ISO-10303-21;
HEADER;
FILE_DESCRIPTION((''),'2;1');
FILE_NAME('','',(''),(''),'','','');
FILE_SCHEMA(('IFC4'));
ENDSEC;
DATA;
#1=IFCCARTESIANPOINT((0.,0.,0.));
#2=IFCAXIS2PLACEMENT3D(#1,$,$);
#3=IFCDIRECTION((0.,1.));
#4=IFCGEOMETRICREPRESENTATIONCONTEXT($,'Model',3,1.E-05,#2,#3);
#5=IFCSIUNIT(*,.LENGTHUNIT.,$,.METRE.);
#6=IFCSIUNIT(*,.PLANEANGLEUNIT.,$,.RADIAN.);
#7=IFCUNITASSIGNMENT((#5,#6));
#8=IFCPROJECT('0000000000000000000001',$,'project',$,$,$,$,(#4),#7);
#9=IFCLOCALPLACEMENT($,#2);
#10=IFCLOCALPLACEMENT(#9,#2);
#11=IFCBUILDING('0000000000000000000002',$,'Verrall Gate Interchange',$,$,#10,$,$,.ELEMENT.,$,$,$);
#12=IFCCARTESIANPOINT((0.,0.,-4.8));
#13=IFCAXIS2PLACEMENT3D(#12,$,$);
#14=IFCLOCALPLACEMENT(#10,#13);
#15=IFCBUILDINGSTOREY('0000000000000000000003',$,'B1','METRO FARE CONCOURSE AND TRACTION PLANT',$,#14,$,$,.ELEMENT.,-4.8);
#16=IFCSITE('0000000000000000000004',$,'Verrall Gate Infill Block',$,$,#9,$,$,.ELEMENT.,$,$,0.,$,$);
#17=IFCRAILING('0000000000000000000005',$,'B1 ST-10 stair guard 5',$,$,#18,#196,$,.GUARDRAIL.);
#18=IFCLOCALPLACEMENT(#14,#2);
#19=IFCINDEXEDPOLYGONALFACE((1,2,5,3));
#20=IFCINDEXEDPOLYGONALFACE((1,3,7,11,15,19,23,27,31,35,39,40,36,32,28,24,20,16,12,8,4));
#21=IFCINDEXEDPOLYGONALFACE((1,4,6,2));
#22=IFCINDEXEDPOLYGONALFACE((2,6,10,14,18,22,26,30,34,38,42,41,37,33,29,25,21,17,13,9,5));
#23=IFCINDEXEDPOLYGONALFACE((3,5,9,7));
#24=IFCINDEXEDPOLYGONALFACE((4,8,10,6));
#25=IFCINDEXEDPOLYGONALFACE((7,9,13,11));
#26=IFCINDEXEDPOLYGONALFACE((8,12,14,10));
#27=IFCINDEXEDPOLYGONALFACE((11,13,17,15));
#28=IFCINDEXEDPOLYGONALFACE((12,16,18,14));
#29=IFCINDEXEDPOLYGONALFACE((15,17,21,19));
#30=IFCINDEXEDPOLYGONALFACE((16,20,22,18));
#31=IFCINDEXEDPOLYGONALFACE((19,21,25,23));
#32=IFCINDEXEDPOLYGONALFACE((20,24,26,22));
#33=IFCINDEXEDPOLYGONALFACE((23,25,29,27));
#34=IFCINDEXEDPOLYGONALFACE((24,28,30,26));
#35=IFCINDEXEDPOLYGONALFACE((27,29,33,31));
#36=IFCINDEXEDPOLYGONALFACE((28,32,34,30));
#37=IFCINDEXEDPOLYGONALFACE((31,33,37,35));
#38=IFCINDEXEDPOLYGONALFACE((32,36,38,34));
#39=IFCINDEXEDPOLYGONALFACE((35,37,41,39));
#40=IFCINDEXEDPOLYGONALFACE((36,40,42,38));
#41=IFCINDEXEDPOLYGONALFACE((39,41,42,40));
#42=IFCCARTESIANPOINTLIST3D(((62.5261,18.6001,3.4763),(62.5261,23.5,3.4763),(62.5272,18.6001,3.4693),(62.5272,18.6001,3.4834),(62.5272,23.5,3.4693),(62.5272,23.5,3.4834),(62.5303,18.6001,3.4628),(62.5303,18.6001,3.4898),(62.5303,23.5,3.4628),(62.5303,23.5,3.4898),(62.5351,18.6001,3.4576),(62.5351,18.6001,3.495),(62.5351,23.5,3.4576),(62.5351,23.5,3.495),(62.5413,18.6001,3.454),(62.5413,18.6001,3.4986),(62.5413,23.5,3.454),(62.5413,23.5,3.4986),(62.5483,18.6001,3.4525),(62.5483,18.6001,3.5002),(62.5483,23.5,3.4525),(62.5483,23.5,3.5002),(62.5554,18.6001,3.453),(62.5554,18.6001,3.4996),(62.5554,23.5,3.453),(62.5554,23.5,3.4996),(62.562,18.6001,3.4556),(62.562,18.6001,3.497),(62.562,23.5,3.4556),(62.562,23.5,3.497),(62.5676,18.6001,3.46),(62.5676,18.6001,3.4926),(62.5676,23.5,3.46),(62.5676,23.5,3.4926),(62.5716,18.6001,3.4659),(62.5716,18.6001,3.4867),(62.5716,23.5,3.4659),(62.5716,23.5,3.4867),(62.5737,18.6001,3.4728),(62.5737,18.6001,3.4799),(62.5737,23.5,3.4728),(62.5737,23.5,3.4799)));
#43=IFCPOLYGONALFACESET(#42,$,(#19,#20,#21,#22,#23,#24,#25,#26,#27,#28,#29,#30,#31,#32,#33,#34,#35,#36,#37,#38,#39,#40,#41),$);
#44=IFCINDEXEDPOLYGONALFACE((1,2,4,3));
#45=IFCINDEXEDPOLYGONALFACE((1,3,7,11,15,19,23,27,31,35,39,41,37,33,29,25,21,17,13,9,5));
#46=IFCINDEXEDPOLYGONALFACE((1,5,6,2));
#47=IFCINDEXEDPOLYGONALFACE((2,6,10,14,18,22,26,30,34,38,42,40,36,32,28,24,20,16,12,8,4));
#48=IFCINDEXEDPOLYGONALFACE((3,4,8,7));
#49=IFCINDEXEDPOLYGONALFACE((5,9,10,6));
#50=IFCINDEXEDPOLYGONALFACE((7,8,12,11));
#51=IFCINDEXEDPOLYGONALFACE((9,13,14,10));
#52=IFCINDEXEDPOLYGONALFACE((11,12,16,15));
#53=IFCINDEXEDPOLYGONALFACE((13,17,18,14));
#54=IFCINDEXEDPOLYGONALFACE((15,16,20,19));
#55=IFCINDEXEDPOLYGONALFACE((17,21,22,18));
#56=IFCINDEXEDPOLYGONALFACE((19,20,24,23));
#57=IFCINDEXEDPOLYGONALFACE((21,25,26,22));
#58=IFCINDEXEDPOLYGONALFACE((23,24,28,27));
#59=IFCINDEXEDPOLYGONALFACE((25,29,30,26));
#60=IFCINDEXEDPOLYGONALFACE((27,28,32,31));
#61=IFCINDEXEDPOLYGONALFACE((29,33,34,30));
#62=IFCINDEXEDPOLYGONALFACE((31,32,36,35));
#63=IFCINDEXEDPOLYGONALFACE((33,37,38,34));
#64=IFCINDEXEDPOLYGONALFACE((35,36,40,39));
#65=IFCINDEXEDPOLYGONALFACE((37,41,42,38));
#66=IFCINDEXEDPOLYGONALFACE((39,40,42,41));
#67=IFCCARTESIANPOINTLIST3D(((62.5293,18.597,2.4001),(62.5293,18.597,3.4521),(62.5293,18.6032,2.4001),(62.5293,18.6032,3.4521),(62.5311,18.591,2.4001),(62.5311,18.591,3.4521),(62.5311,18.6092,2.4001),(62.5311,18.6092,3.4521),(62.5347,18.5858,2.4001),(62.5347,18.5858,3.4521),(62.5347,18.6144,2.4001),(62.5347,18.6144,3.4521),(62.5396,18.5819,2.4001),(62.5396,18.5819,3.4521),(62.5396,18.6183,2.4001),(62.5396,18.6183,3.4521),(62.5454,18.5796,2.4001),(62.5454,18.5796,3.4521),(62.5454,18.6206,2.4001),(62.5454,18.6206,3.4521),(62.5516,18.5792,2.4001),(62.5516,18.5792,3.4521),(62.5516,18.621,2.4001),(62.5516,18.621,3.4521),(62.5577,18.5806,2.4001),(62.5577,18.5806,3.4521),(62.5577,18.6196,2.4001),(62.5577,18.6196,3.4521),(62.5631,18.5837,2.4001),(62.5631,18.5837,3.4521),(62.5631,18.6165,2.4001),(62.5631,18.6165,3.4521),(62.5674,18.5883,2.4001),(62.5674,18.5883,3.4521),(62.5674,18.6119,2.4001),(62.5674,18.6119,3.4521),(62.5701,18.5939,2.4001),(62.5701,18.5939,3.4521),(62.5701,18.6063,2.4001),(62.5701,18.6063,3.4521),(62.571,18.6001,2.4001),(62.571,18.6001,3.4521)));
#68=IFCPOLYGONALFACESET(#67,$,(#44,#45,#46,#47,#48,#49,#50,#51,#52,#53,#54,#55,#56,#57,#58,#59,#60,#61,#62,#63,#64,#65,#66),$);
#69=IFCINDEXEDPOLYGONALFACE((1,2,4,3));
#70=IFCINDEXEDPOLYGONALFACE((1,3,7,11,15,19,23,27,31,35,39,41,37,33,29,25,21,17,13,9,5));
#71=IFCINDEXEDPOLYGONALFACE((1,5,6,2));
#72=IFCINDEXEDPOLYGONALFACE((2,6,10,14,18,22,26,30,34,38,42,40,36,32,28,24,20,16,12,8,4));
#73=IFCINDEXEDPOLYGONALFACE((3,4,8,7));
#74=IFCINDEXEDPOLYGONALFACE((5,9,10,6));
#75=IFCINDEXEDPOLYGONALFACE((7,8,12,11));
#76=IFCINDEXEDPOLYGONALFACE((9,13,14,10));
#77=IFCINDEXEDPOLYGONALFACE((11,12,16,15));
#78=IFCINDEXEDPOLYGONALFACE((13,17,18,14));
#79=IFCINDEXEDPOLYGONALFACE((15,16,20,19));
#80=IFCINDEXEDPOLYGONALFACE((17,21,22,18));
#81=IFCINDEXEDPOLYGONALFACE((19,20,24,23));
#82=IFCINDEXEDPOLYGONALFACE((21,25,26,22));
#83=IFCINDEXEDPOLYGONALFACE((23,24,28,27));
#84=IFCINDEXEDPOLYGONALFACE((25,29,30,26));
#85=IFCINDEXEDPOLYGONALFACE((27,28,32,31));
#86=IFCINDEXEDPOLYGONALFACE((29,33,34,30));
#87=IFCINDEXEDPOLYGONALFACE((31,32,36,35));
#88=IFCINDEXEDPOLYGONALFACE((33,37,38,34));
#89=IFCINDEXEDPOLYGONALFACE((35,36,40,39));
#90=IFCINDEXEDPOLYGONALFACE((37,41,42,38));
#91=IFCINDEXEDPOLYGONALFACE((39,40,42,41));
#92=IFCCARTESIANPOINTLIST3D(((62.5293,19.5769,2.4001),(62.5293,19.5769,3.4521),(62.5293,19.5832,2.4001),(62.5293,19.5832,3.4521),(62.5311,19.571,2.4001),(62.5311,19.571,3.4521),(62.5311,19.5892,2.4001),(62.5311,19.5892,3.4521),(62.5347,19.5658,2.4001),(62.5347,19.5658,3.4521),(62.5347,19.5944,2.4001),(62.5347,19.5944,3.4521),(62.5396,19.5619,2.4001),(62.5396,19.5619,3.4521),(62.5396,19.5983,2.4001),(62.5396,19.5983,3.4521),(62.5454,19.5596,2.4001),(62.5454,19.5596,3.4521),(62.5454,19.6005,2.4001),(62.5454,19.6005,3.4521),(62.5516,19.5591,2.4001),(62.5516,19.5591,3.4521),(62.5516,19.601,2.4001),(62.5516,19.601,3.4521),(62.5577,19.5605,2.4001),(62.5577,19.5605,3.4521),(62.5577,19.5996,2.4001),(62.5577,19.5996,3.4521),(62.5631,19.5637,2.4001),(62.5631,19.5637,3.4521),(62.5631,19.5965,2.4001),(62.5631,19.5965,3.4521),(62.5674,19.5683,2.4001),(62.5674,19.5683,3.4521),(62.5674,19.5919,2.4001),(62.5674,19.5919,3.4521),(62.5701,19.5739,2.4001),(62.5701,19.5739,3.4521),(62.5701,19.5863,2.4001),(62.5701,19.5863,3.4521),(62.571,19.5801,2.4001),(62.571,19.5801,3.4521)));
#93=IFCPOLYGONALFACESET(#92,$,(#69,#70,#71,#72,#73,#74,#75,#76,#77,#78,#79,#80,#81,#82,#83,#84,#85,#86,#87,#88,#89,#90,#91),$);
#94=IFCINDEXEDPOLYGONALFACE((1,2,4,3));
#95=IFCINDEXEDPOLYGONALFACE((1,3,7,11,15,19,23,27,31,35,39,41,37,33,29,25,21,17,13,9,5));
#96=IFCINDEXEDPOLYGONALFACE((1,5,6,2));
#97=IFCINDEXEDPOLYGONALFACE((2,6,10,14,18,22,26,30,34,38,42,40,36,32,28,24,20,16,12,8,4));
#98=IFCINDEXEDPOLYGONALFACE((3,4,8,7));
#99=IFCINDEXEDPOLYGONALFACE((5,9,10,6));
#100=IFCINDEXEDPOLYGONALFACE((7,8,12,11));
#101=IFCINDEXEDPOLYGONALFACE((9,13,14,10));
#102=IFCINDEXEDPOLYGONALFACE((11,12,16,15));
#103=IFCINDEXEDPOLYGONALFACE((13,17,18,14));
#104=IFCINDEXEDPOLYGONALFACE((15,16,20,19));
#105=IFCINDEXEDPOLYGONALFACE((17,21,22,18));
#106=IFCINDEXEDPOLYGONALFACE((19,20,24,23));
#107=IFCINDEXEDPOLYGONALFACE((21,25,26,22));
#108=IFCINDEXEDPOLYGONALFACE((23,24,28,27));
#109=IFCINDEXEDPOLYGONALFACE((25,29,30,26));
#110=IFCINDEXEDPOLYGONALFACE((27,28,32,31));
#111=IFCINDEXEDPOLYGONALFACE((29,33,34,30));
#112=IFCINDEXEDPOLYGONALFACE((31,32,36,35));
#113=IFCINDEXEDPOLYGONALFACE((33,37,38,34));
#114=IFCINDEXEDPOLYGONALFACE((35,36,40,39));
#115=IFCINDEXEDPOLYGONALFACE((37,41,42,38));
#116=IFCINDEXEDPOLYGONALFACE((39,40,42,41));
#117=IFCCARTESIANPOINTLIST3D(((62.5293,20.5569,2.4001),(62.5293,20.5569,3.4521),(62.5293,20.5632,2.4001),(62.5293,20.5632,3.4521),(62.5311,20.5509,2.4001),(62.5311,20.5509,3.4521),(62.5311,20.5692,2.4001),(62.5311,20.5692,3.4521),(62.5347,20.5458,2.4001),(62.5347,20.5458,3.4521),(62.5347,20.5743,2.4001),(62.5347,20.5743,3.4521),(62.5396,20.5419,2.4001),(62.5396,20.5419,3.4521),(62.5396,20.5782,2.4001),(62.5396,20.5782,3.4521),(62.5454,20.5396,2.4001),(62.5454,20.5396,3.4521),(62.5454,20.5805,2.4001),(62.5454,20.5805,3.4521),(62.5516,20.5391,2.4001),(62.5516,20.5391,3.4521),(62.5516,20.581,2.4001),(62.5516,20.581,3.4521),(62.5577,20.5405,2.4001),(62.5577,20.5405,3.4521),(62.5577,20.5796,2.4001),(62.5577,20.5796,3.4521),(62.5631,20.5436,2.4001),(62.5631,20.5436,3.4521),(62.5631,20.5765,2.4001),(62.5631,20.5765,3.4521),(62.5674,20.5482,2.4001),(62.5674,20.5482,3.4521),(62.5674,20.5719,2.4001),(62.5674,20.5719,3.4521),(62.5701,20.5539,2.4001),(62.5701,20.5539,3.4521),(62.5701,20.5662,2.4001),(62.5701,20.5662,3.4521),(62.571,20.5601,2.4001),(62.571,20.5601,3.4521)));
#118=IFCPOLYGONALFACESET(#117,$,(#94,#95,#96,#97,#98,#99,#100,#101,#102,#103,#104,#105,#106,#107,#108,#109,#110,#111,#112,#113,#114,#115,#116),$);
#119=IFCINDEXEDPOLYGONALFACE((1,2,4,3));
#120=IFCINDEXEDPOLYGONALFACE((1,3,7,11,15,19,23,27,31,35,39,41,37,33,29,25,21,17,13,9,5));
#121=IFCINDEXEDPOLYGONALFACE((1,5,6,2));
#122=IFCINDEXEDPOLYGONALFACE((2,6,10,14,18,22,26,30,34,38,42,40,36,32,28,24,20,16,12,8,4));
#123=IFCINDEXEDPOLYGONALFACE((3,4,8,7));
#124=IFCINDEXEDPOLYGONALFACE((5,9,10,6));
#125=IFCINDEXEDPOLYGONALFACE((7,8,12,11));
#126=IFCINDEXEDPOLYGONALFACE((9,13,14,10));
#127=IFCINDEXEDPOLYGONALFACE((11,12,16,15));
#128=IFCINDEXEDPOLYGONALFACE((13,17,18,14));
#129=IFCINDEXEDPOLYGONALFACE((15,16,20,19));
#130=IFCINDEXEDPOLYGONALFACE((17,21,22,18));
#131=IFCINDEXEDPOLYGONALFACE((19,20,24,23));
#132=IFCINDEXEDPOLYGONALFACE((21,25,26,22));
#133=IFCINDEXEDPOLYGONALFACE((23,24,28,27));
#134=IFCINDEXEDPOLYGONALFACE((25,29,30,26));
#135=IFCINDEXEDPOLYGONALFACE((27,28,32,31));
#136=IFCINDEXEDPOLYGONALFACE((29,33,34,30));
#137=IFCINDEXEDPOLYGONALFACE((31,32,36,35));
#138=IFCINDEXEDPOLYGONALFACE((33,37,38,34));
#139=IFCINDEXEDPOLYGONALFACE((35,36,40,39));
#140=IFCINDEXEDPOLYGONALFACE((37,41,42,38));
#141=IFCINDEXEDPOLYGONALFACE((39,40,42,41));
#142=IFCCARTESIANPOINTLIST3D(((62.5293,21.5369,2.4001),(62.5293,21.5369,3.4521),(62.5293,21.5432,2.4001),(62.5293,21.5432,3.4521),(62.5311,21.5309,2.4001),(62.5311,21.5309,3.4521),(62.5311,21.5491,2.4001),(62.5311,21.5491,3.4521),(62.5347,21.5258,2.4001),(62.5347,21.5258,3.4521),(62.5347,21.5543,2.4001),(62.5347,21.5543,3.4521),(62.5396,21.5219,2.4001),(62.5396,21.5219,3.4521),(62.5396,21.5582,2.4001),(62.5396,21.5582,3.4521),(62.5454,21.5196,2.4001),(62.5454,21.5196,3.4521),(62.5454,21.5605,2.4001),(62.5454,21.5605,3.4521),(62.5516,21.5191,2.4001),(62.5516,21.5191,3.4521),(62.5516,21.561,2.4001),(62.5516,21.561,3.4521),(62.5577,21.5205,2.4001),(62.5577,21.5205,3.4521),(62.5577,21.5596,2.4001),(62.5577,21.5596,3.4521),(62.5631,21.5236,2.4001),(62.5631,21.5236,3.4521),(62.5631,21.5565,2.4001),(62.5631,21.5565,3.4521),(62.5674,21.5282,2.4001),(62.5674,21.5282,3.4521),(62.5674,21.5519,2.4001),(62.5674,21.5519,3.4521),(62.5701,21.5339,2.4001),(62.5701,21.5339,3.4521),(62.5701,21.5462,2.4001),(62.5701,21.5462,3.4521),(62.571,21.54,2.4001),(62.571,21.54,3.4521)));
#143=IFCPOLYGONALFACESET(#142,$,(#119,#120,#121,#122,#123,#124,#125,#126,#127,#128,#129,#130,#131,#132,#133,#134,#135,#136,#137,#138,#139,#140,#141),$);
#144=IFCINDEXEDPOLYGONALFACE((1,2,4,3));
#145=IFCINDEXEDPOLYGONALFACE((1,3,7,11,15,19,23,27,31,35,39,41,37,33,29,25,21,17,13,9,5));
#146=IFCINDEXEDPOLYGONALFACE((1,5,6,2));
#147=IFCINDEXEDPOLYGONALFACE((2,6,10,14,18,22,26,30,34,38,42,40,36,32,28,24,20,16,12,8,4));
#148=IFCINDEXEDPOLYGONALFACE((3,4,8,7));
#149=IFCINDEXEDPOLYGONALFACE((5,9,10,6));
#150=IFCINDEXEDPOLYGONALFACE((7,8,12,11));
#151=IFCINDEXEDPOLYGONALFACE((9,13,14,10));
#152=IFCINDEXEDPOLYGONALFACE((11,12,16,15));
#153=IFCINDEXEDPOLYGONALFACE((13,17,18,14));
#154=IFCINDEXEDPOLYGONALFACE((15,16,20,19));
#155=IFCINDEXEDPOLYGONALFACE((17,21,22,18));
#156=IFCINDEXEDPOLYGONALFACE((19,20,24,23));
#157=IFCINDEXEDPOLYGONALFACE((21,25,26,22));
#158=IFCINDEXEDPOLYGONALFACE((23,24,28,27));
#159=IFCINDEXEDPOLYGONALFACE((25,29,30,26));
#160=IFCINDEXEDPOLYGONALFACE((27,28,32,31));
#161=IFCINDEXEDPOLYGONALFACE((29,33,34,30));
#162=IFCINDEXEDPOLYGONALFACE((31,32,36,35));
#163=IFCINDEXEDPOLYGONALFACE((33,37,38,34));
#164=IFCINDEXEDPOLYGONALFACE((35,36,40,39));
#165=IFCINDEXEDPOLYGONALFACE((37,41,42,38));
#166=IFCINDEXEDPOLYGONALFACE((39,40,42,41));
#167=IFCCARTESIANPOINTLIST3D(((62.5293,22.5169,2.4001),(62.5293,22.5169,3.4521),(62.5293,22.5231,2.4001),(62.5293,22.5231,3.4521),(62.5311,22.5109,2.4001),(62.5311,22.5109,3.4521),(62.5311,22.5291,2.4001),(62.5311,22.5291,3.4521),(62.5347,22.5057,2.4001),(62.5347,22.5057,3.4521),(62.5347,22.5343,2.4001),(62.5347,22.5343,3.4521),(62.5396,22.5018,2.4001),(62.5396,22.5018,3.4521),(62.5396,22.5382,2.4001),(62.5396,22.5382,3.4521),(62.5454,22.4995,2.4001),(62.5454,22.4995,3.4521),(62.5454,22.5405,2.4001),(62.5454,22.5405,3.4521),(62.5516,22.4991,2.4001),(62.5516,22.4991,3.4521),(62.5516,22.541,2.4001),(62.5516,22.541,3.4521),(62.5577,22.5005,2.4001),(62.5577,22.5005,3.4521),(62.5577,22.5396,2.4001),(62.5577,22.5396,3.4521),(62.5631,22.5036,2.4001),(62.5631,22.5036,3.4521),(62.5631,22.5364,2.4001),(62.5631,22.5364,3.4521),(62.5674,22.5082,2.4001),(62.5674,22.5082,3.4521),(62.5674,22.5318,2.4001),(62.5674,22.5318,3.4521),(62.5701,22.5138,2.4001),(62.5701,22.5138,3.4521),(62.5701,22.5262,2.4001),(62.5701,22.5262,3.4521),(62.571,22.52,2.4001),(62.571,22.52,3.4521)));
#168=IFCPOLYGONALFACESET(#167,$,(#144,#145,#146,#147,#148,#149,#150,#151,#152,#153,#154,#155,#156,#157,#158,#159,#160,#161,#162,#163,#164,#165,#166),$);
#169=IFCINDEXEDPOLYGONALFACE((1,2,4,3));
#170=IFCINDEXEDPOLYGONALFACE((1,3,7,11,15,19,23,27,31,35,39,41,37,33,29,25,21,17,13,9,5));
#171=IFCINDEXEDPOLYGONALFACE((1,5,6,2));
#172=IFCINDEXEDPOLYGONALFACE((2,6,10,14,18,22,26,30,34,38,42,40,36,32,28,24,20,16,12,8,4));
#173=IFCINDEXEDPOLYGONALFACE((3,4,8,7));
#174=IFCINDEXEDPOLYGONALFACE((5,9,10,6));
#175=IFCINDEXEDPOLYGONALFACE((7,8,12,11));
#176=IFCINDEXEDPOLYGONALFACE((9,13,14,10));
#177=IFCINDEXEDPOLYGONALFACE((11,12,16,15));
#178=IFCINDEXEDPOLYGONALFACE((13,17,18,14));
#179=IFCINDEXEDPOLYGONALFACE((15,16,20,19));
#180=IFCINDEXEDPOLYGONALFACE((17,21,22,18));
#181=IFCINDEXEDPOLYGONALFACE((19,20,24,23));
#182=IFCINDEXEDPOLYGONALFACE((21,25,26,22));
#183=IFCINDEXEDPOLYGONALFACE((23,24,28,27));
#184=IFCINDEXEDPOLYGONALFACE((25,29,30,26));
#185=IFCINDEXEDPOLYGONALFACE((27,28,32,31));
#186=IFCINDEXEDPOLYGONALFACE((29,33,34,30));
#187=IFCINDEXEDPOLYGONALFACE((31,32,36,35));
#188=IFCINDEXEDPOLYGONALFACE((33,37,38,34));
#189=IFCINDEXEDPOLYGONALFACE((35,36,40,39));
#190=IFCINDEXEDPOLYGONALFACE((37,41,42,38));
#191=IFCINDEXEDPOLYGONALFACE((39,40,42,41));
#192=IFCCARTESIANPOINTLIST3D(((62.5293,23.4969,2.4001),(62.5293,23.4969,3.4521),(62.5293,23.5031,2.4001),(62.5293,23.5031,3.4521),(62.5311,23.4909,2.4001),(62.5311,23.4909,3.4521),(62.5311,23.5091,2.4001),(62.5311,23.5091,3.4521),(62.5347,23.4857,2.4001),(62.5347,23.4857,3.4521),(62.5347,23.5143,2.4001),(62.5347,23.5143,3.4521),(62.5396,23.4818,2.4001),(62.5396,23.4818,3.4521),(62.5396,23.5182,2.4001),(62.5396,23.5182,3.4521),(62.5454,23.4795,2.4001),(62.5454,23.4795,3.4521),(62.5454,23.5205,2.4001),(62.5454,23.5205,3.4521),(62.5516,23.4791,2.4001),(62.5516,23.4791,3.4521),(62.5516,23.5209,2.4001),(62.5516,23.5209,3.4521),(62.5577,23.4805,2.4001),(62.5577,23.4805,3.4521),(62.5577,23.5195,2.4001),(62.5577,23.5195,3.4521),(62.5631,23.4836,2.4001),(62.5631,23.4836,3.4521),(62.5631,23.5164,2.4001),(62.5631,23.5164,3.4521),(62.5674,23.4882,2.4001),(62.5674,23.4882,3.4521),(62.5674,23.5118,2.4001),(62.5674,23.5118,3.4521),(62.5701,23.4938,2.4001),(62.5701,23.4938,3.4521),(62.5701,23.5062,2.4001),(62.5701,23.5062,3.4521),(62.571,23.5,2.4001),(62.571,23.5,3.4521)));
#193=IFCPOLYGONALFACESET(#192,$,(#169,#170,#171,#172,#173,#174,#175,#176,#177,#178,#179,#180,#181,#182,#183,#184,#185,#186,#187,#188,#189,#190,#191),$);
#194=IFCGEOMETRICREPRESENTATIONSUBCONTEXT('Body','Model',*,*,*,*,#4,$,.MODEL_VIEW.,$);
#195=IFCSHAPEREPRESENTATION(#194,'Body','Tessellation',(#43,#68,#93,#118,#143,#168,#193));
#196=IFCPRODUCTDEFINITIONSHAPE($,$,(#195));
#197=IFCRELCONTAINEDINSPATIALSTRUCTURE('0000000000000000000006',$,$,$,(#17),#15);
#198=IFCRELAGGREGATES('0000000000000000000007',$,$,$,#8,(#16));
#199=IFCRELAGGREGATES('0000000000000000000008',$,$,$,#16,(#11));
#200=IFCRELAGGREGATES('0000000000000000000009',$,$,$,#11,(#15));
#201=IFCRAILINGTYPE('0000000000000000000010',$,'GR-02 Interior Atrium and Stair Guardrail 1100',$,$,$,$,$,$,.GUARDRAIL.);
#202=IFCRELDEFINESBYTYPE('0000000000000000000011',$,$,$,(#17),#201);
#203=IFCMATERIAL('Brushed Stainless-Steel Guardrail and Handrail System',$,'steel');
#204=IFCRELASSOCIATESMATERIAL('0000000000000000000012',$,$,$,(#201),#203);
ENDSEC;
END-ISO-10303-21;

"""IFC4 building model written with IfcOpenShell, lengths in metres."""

from ifc_helpers import new_model, si_unit, direction, frame, origin, origin_2d, place, context, subcontext, project, spatial, circle, extrude, material, type_object, element, save


model = new_model("IFC4")

# Units and contexts
model_context = context("Model", 3, precision=1e-05, world=origin(), true_north=direction((0.0, 1.0)))
body_context = subcontext(model_context, "Body", "Model", "MODEL_VIEW")
ifc_project = project(units=[si_unit("LENGTHUNIT", "METRE"), si_unit("PLANEANGLEUNIT", "RADIAN")], contexts=[model_context])

# Site, building, storey
site_placement = place(None, origin())
site = spatial("IfcSite", under=ifc_project, at=site_placement, Name="Verrall Gate Infill Block", CompositionType="ELEMENT", RefElevation=0.0)
building_placement = place(site_placement, origin())
building = spatial("IfcBuilding", under=site, at=building_placement, Name="Verrall Gate Interchange", CompositionType="ELEMENT")
storey_placement = place(building_placement, frame((0.0, 0.0, -4.8)))
storey = spatial("IfcBuildingStorey", under=building, at=storey_placement, Name="B1", Description="METRO FARE CONCOURSE AND TRACTION PLANT", CompositionType="ELEMENT", Elevation=-4.8)

# Railing
ifc_material_1 = material(Name="Brushed Stainless-Steel Guardrail and Handrail System", Category="steel")
railing_type = type_object("IfcRailingType", Name="GR-02 Interior Atrium and Stair Guardrail 1100", PredefinedType="GUARDRAIL", material=ifc_material_1)
railing_1_placement = place(storey_placement, frame((62.55, 18.6001, 2.4001)))
element("IfcRailing", 1, at=railing_1_placement, inside=storey, type_object=railing_type, Name="B1 ST-10 stair guard 5", PredefinedType="GUARDRAIL", context=body_context, shape_type="SweptSolid", body=[
    extrude(circle(Radius=0.0239, at=origin_2d()), frame((0.0, 0.0, 1.0762), z_axis=(0.0, 1.0, 0.0), x_axis=(-1.0, 0.0, 0.0)), (0.0, 0.0, 1.0), 4.8999),
    extrude(circle(Radius=0.021, at=origin_2d()), origin(), (0.0, 0.0, 1.0), 1.052),
    extrude(circle(Radius=0.021, at=origin_2d()), frame((0.0, 0.98, 0.0)), (0.0, 0.0, 1.0), 1.052),
    extrude(circle(Radius=0.021, at=origin_2d()), frame((0.0, 1.96, 0.0)), (0.0, 0.0, 1.0), 1.052),
    extrude(circle(Radius=0.021, at=origin_2d()), frame((0.0, 2.9399, 0.0)), (0.0, 0.0, 1.0), 1.052),
    extrude(circle(Radius=0.021, at=origin_2d()), frame((0.0, 3.9199, 0.0)), (0.0, 0.0, 1.0), 1.052),
    extrude(circle(Radius=0.021, at=origin_2d()), frame((0.0, 4.8999, 0.0)), (0.0, 0.0, 1.0), 1.052),
])

save(model, "model.ifc")
